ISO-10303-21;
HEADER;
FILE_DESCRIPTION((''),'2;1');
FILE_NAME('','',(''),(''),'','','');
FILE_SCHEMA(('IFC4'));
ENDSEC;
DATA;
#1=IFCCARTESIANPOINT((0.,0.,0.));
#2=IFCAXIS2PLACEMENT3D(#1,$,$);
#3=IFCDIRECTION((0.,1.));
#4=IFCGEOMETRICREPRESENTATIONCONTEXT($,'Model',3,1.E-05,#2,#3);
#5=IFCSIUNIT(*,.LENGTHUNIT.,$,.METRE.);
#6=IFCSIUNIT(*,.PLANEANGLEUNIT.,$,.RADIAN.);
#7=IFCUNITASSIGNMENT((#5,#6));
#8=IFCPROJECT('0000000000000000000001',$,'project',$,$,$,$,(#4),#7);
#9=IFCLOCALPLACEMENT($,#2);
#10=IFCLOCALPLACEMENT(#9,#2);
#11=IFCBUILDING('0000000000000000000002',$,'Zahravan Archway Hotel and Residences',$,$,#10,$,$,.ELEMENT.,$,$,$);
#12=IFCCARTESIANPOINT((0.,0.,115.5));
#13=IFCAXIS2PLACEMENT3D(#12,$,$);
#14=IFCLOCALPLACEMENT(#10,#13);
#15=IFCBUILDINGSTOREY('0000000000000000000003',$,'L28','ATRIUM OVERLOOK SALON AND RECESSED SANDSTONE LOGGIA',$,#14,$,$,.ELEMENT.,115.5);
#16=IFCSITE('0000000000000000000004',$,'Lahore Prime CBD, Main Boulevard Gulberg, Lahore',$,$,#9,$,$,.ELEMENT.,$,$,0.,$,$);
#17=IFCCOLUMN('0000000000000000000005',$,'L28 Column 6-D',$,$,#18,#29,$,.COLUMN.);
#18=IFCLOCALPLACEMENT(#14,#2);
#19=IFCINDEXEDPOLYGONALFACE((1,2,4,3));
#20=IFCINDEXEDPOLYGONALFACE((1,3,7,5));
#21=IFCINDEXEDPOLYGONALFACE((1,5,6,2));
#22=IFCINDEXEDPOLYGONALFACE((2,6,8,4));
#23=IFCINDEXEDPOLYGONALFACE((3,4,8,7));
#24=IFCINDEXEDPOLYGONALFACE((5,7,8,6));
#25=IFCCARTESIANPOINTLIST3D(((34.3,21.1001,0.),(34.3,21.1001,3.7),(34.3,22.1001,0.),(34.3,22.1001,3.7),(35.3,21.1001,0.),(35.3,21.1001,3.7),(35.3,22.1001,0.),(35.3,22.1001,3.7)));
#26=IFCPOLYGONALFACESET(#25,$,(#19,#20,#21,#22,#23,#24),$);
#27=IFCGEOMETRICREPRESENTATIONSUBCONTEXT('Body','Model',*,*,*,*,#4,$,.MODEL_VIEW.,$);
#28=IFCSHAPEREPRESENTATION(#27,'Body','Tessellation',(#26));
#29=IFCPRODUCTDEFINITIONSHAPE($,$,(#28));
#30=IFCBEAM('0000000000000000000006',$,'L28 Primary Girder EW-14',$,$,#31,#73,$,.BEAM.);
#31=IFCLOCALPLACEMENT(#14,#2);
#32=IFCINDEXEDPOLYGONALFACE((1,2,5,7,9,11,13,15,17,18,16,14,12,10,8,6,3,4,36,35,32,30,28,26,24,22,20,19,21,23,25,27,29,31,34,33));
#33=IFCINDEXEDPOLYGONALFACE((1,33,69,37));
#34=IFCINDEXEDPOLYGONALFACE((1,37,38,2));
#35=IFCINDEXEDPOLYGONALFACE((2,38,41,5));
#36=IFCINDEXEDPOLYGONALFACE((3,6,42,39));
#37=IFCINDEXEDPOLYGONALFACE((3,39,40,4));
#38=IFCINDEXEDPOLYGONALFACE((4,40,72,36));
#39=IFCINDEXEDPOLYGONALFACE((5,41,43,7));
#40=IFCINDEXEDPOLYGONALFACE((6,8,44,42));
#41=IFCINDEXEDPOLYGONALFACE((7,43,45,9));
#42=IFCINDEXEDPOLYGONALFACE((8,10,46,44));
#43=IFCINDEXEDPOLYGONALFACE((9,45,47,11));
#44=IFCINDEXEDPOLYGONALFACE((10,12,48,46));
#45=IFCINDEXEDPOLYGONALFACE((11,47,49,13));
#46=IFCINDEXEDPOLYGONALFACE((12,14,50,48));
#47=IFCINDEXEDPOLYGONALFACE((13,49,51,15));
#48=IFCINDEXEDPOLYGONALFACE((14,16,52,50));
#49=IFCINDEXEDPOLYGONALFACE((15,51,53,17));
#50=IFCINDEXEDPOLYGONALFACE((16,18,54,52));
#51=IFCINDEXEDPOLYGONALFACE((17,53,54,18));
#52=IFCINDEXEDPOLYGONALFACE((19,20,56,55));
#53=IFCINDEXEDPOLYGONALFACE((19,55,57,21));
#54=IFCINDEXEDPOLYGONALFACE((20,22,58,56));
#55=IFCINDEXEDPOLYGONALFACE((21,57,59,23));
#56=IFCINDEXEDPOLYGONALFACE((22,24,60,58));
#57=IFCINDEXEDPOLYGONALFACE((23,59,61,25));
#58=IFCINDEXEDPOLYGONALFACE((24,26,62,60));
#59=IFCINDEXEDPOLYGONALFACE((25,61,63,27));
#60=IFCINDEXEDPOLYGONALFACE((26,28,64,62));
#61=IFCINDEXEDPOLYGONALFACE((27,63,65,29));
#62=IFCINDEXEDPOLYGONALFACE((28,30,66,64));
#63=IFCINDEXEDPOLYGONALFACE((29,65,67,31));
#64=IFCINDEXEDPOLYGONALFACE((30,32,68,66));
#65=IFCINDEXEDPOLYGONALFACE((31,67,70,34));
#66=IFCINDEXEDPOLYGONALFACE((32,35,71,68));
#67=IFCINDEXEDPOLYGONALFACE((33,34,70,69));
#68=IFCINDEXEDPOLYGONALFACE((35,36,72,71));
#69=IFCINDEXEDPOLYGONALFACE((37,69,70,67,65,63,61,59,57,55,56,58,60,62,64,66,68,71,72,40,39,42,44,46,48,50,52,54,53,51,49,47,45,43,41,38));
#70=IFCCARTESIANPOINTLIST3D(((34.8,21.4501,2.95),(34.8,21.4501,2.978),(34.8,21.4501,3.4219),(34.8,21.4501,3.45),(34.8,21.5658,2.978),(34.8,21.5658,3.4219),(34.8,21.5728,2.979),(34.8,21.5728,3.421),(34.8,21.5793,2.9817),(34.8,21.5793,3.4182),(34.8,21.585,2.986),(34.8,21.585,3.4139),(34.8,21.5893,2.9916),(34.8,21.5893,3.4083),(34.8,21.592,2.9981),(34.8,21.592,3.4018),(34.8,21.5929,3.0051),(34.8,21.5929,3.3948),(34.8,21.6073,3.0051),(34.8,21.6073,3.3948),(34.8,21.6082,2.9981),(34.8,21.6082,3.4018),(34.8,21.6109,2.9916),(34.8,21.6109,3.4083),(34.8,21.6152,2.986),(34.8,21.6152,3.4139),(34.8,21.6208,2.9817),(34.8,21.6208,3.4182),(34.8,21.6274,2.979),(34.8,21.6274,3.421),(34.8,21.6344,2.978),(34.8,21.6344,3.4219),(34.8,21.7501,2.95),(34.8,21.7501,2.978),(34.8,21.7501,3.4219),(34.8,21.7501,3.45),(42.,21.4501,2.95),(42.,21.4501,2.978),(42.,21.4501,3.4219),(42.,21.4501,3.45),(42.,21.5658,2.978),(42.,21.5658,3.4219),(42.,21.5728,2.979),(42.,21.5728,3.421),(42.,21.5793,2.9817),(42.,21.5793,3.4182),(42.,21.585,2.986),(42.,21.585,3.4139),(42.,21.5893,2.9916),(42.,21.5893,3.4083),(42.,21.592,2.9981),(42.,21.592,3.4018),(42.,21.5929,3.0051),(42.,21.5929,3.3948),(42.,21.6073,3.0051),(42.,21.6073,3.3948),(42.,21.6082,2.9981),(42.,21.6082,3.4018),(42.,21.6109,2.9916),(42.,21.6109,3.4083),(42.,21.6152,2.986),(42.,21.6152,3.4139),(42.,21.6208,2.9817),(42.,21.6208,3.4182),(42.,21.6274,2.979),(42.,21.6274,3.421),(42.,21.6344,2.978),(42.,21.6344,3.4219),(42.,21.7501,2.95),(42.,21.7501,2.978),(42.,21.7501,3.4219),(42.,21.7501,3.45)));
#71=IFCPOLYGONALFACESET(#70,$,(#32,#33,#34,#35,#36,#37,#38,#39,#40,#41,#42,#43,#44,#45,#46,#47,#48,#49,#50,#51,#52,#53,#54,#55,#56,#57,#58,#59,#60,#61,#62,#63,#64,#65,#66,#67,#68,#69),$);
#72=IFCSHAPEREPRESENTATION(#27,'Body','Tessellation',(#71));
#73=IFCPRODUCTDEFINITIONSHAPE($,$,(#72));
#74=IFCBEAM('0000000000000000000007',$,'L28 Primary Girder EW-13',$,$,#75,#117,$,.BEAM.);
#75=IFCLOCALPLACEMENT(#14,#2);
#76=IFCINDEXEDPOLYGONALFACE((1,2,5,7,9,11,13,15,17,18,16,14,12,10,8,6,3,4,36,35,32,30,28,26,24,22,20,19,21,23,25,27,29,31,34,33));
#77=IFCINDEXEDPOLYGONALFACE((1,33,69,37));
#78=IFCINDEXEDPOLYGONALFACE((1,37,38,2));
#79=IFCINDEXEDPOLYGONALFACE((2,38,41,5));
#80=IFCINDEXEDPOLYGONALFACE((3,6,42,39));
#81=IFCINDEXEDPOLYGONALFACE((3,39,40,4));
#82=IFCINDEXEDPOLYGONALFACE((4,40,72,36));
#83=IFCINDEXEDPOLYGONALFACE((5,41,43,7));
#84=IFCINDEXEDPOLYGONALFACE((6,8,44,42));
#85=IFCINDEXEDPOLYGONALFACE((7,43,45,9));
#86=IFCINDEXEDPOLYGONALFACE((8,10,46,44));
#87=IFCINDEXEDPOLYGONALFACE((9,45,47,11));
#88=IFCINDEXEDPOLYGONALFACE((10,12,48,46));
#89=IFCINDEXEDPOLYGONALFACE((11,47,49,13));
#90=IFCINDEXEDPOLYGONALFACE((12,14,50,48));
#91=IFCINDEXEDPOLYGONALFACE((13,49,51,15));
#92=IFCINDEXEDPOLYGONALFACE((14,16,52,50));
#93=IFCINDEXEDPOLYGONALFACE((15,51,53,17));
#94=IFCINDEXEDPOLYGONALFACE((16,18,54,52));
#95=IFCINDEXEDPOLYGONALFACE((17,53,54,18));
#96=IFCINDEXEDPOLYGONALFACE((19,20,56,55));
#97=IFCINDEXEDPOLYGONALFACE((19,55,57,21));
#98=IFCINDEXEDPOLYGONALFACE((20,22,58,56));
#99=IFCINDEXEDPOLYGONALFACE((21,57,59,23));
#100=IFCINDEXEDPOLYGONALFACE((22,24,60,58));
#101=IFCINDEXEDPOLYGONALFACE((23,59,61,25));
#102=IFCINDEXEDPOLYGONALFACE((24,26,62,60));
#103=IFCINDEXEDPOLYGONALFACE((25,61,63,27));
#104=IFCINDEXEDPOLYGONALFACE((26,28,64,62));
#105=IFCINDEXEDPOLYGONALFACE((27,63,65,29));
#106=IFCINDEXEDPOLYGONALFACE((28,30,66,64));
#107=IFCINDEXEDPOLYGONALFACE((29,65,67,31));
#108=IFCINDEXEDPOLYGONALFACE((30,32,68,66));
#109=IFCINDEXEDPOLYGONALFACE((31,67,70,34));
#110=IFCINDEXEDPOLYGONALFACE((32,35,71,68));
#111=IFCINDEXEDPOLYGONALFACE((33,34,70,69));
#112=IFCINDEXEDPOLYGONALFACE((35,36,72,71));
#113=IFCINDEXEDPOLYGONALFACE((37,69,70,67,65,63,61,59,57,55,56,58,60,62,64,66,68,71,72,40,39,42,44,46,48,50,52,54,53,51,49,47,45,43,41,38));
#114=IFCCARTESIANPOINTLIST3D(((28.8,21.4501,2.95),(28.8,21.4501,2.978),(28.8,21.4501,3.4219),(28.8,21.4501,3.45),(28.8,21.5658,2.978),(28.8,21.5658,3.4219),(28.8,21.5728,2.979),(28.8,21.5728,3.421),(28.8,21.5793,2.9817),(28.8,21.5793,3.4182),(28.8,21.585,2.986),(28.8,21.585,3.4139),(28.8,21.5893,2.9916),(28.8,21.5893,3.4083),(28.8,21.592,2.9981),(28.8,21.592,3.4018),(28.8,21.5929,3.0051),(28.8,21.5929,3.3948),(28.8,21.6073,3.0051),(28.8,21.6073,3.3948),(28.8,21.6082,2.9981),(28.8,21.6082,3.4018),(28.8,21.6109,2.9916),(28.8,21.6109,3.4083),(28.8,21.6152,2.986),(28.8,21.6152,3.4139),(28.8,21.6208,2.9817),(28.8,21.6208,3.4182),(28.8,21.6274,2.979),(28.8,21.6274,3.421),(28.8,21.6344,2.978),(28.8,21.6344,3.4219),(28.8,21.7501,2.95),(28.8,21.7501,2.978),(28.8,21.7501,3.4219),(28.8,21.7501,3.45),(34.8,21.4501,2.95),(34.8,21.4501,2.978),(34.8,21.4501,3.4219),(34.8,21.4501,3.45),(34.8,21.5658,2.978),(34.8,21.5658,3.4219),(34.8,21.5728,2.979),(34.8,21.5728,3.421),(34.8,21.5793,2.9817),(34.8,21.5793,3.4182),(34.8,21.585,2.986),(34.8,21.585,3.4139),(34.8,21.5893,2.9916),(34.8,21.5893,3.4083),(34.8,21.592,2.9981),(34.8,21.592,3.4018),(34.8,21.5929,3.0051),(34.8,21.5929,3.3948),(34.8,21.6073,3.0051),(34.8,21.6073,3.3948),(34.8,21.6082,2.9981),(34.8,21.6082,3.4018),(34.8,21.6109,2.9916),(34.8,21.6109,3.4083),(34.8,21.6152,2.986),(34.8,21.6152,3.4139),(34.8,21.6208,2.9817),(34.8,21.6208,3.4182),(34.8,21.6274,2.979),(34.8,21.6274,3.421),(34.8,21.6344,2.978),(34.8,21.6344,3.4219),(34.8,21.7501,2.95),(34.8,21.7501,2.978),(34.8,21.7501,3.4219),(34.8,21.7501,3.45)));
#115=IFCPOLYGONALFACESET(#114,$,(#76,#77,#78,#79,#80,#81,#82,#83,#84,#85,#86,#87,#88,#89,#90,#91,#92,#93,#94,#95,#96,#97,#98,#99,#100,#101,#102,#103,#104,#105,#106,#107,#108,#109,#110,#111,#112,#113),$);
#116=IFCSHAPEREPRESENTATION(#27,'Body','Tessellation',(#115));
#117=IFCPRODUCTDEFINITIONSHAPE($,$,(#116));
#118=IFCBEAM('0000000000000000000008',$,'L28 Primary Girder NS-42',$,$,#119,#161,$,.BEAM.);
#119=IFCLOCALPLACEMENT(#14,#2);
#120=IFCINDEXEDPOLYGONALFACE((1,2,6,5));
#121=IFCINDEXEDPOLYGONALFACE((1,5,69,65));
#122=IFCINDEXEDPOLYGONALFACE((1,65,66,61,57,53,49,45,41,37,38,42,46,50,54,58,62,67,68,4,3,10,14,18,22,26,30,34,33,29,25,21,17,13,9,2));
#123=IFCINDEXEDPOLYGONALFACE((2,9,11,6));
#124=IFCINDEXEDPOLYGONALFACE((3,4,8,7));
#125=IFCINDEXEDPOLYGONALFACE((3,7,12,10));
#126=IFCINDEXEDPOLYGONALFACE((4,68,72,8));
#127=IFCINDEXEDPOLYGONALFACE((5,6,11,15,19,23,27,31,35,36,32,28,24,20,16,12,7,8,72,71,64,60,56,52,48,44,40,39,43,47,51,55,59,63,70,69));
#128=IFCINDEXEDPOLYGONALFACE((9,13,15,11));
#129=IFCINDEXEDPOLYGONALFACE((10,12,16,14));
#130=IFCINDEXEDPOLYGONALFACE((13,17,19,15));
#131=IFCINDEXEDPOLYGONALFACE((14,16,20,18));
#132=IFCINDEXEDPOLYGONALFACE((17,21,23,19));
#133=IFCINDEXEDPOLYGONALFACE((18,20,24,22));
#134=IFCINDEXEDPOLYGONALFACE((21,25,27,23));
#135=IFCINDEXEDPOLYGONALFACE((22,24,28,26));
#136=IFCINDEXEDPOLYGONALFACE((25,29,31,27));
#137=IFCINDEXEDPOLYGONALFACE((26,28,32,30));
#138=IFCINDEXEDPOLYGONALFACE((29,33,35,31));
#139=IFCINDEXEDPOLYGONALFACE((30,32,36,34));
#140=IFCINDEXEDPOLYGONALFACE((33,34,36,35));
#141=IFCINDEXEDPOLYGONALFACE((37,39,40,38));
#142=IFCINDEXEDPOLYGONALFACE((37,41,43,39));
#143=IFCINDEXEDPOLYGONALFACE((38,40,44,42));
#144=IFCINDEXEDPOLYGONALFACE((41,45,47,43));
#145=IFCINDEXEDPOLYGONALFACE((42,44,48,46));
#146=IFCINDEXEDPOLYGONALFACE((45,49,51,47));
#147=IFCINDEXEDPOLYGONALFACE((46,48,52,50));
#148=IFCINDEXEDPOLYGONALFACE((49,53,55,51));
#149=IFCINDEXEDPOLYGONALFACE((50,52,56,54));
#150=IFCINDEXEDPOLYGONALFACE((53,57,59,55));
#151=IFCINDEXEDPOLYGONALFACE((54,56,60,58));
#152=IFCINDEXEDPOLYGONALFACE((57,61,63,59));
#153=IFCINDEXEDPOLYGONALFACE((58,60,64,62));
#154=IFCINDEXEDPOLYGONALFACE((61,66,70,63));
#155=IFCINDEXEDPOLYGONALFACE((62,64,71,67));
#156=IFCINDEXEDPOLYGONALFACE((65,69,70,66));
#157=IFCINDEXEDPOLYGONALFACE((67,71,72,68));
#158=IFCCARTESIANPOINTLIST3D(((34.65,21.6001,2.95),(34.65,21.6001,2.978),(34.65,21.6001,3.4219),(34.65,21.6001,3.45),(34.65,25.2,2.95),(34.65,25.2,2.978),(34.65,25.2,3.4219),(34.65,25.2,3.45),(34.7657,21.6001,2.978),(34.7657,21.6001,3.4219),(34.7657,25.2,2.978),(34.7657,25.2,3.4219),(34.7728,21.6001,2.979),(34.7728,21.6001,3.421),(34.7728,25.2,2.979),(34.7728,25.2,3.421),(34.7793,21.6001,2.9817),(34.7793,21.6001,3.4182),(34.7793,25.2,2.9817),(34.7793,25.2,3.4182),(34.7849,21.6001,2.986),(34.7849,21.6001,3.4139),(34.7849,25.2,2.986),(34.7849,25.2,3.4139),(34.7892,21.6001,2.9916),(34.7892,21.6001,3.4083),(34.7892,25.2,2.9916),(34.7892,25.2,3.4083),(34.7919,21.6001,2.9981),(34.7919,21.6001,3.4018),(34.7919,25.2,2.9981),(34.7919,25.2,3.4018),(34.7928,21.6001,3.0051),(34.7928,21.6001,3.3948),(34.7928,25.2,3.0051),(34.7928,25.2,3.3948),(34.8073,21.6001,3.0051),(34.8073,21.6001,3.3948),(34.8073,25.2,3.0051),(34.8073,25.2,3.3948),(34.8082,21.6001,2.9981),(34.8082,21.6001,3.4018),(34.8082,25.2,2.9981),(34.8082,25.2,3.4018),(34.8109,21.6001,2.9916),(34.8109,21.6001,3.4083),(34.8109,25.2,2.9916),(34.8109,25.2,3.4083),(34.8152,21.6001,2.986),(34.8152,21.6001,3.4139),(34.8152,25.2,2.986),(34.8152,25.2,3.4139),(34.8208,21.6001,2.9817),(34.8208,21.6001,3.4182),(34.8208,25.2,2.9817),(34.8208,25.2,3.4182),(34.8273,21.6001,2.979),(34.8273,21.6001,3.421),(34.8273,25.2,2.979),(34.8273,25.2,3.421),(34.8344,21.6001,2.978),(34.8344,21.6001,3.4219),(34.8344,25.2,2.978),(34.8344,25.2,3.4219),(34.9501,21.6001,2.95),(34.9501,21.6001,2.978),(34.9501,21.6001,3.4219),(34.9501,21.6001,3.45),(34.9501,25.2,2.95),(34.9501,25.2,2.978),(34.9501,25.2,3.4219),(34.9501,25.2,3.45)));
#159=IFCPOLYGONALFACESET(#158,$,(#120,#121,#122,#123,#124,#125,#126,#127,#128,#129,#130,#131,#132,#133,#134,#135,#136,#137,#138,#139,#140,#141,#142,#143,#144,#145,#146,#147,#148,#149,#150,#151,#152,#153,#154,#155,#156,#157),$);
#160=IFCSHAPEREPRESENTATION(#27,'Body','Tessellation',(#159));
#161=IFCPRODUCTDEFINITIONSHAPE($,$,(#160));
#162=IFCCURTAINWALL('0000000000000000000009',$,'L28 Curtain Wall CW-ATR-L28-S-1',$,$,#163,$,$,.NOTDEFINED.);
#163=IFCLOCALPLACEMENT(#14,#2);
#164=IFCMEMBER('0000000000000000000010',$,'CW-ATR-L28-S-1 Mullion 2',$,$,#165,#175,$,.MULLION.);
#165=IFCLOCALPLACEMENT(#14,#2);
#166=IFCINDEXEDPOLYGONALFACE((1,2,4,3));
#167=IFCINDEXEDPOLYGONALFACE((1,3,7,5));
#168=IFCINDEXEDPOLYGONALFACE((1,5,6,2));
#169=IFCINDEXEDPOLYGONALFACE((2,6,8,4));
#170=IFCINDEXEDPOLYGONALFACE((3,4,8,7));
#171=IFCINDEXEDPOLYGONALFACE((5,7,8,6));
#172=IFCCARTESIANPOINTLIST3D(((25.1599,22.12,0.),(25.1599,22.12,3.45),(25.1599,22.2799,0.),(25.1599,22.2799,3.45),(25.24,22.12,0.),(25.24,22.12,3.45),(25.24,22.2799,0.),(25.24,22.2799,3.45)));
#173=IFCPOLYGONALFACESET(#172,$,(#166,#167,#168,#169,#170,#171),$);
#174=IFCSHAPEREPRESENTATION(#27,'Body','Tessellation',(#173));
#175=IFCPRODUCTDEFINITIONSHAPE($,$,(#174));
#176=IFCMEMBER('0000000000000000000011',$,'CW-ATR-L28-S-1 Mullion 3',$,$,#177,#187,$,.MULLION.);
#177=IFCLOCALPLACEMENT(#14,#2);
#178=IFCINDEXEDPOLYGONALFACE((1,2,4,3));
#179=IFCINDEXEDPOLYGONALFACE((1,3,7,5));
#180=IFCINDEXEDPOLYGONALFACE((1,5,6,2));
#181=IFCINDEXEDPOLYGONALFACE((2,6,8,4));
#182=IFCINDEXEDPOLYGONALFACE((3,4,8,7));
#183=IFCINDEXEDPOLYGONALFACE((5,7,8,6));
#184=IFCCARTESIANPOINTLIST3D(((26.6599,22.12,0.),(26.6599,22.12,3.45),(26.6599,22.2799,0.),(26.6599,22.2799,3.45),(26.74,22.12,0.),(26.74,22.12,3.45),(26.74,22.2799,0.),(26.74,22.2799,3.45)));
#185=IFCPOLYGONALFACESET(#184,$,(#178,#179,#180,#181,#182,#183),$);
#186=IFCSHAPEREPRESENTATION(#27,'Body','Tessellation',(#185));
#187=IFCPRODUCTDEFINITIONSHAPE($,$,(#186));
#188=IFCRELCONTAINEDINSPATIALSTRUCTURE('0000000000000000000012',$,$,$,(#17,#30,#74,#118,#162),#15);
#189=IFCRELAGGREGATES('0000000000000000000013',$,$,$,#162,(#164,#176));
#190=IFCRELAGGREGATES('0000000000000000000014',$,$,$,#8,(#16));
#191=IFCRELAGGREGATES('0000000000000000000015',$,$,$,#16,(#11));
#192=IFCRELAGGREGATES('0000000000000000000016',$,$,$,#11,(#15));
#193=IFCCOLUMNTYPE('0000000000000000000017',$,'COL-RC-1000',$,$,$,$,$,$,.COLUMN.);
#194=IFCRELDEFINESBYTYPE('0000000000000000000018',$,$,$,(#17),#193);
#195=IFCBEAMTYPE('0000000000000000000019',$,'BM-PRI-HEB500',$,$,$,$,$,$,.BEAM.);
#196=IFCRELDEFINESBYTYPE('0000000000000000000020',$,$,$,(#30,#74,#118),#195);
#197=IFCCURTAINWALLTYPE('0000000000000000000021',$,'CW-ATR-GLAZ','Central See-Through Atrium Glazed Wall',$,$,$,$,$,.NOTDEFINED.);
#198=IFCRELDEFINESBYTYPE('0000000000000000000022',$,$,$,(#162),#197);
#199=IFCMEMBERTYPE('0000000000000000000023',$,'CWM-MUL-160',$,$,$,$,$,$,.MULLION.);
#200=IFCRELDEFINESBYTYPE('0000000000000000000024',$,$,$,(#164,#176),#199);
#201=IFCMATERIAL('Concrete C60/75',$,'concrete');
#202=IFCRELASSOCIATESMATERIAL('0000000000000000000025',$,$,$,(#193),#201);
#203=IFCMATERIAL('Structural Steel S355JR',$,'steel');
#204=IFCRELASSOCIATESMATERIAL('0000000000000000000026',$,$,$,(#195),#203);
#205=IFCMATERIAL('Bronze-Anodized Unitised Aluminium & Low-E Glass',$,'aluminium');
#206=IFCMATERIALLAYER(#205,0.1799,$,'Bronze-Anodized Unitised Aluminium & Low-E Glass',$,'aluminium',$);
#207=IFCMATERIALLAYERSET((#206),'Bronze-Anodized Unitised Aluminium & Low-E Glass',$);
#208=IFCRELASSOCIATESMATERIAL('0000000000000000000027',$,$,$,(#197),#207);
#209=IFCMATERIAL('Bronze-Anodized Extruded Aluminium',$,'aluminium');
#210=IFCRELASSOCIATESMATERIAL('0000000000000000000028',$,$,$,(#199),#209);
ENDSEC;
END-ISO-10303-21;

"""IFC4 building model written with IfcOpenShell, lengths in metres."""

from ifc_helpers import new_model, si_unit, direction, frame, origin, origin_2d, place, context, subcontext, project, spatial, rectangle, i_section, extrude, source, transform, mapped, material, layer, layer_set, material_profile, profile_set, type_object, type_shapes, element, aggregate, save


model = new_model("IFC4")

# Units and contexts
model_context = context("Model", 3, precision=1e-05, world=origin(), true_north=direction((0.0, 1.0)))
body_context = subcontext(model_context, "Body", "Model", "MODEL_VIEW")
ifc_project = project(units=[si_unit("LENGTHUNIT", "METRE"), si_unit("PLANEANGLEUNIT", "RADIAN")], contexts=[model_context])

# Site, building, storey
site_placement = place(None, origin())
site = spatial("IfcSite", under=ifc_project, at=site_placement, Name="Lahore Prime CBD, Main Boulevard Gulberg, Lahore", CompositionType="ELEMENT", RefElevation=0.0)
building_placement = place(site_placement, origin())
building = spatial("IfcBuilding", under=site, at=building_placement, Name="Zahravan Archway Hotel and Residences", CompositionType="ELEMENT")
storey_placement = place(building_placement, frame((0.0, 0.0, 115.5)))
storey = spatial("IfcBuildingStorey", under=building, at=storey_placement, Name="L28", Description="ATRIUM OVERLOOK SALON AND RECESSED SANDSTONE LOGGIA", CompositionType="ELEMENT", Elevation=115.5)

# Column
ifc_material_1 = material(Name="Concrete C60/75", Category="concrete")
ifc_material_profile_1 = material_profile(ifc_material_1, rectangle(XDim=1.0, YDim=1.0, at=origin_2d()), Name="RC-COL-1000x1000", Category="concrete")
ifc_profile_set_1 = profile_set([ifc_material_profile_1], Name="Concrete C60/75")
column_type = type_object("IfcColumnType", Name="COL-RC-1000", PredefinedType="COLUMN", material=ifc_profile_set_1)
shared_shape_1 = source(origin(), body_context, "Body", "SweptSolid", [
    extrude(rectangle(XDim=1.0, YDim=1.0, at=origin_2d()), origin(), (0.0, 0.0, 1.0), 3.7),
])
type_shapes(column_type, [shared_shape_1])
column_placement = place(storey_placement, frame((34.8, 21.6001, 0.0), z_axis=(0.0, 0.0, 1.0), x_axis=(1.0, 0.0, 0.0)))
element("IfcColumn", 1, at=column_placement, inside=storey, type_object=column_type, Name="L28 Column 6-D", PredefinedType="COLUMN", context=body_context, shape_type="MappedRepresentation", body=[
    mapped(shared_shape_1, transform((0.0, 0.0, 0.0), scale=1.0)),
])

# Beams
ifc_material_2 = material(Name="Structural Steel S355JR", Category="steel")
ifc_material_profile_2 = material_profile(ifc_material_2, i_section(OverallWidth=0.3, OverallDepth=0.5, WebThickness=0.0144, FlangeThickness=0.0281, FilletRadius=0.0271, at=origin_2d()), Name="HEB 500", Category="steel")
ifc_profile_set_2 = profile_set([ifc_material_profile_2], Name="Structural Steel S355JR")
beam_type = type_object("IfcBeamType", Name="BM-PRI-HEB500", PredefinedType="BEAM", material=ifc_profile_set_2)
shared_shape_2 = source(origin(), body_context, "Body", "SweptSolid", [
    extrude(i_section(OverallWidth=0.3, OverallDepth=0.5, WebThickness=0.0144, FlangeThickness=0.0281, FilletRadius=0.0271, at=origin_2d()), origin(), (0.0, 0.0, 1.0), 7.2),
])
beam_1_placement = place(storey_placement, frame((34.8, 21.6001, 3.2), z_axis=(1.0, 0.0, 0.0), x_axis=(0.0, 1.0, 0.0)))
element("IfcBeam", 2, at=beam_1_placement, inside=storey, type_object=beam_type, Name="L28 Primary Girder EW-14", PredefinedType="BEAM", context=body_context, shape_type="MappedRepresentation", body=[
    mapped(shared_shape_2, transform((0.0, 0.0, 0.0), scale=1.0)),
])
shared_shape_3 = source(origin(), body_context, "Body", "SweptSolid", [
    extrude(i_section(OverallWidth=0.3, OverallDepth=0.5, WebThickness=0.0144, FlangeThickness=0.0281, FilletRadius=0.0271, at=origin_2d()), origin(), (0.0, 0.0, 1.0), 6.0),
])
beam_2_placement = place(storey_placement, frame((28.8, 21.6001, 3.2), z_axis=(1.0, 0.0, 0.0), x_axis=(0.0, 1.0, 0.0)))
element("IfcBeam", 3, at=beam_2_placement, inside=storey, type_object=beam_type, Name="L28 Primary Girder EW-13", PredefinedType="BEAM", context=body_context, shape_type="MappedRepresentation", body=[
    mapped(shared_shape_3, transform((0.0, 0.0, 0.0), scale=1.0)),
])
shared_shape_4 = source(origin(), body_context, "Body", "SweptSolid", [
    extrude(i_section(OverallWidth=0.3, OverallDepth=0.5, WebThickness=0.0144, FlangeThickness=0.0281, FilletRadius=0.0271, at=origin_2d()), origin(), (0.0, 0.0, 1.0), 3.5999),
])
beam_3_placement = place(storey_placement, frame((34.8, 21.6001, 3.2), z_axis=(0.0, 1.0, 0.0), x_axis=(-1.0, 0.0, 0.0)))
element("IfcBeam", 4, at=beam_3_placement, inside=storey, type_object=beam_type, Name="L28 Primary Girder NS-42", PredefinedType="BEAM", context=body_context, shape_type="MappedRepresentation", body=[
    mapped(shared_shape_4, transform((0.0, 0.0, 0.0), scale=1.0)),
])

# Curtain wall, members
ifc_material_3 = material(Name="Bronze-Anodized Unitised Aluminium & Low-E Glass", Category="aluminium")
ifc_layer_1 = layer(ifc_material_3, 0.1799, Name="Bronze-Anodized Unitised Aluminium & Low-E Glass", Category="aluminium")
ifc_layer_set_1 = layer_set([ifc_layer_1], Name="Bronze-Anodized Unitised Aluminium & Low-E Glass")
curtain_wall_type = type_object("IfcCurtainWallType", Name="CW-ATR-GLAZ", Description="Central See-Through Atrium Glazed Wall", PredefinedType="NOTDEFINED", material=ifc_layer_set_1)
curtain_wall_placement = place(storey_placement, origin())
curtain_wall = element("IfcCurtainWall", 5, at=curtain_wall_placement, inside=storey, type_object=curtain_wall_type, Name="L28 Curtain Wall CW-ATR-L28-S-1", PredefinedType="NOTDEFINED")
ifc_material_4 = material(Name="Bronze-Anodized Extruded Aluminium", Category="aluminium")
ifc_material_profile_3 = material_profile(ifc_material_4, rectangle(XDim=0.0801, YDim=0.1599, at=origin_2d()), Name="MUL 80x160", Category="aluminium")
ifc_profile_set_3 = profile_set([ifc_material_profile_3], Name="Bronze-Anodized Extruded Aluminium")
member_type_1 = type_object("IfcMemberType", Name="CWM-MUL-160", PredefinedType="MULLION", material=ifc_profile_set_3)
shared_shape_5 = source(origin(), body_context, "Body", "SweptSolid", [
    extrude(rectangle(XDim=0.0801, YDim=0.1599, at=origin_2d()), origin(), (0.0, 0.0, 1.0), 3.45),
])
member_1_placement = place(storey_placement, frame((25.2, 22.2, 0.0), z_axis=(0.0, 0.0, 1.0), x_axis=(1.0, 0.0, 0.0)))
member_1 = element("IfcMember", 6, at=member_1_placement, type_object=member_type_1, Name="CW-ATR-L28-S-1 Mullion 2", PredefinedType="MULLION", context=body_context, shape_type="MappedRepresentation", body=[
    mapped(shared_shape_5, transform((0.0, 0.0, 0.0), scale=1.0)),
])
member_2_placement = place(storey_placement, frame((26.7, 22.2, 0.0), z_axis=(0.0, 0.0, 1.0), x_axis=(1.0, 0.0, 0.0)))
member_2 = element("IfcMember", 7, at=member_2_placement, type_object=member_type_1, Name="CW-ATR-L28-S-1 Mullion 3", PredefinedType="MULLION", context=body_context, shape_type="MappedRepresentation", body=[
    mapped(shared_shape_5, transform((0.0, 0.0, 0.0), scale=1.0)),
])
aggregate(curtain_wall, [member_1, member_2])

save(model, "model.ifc")
